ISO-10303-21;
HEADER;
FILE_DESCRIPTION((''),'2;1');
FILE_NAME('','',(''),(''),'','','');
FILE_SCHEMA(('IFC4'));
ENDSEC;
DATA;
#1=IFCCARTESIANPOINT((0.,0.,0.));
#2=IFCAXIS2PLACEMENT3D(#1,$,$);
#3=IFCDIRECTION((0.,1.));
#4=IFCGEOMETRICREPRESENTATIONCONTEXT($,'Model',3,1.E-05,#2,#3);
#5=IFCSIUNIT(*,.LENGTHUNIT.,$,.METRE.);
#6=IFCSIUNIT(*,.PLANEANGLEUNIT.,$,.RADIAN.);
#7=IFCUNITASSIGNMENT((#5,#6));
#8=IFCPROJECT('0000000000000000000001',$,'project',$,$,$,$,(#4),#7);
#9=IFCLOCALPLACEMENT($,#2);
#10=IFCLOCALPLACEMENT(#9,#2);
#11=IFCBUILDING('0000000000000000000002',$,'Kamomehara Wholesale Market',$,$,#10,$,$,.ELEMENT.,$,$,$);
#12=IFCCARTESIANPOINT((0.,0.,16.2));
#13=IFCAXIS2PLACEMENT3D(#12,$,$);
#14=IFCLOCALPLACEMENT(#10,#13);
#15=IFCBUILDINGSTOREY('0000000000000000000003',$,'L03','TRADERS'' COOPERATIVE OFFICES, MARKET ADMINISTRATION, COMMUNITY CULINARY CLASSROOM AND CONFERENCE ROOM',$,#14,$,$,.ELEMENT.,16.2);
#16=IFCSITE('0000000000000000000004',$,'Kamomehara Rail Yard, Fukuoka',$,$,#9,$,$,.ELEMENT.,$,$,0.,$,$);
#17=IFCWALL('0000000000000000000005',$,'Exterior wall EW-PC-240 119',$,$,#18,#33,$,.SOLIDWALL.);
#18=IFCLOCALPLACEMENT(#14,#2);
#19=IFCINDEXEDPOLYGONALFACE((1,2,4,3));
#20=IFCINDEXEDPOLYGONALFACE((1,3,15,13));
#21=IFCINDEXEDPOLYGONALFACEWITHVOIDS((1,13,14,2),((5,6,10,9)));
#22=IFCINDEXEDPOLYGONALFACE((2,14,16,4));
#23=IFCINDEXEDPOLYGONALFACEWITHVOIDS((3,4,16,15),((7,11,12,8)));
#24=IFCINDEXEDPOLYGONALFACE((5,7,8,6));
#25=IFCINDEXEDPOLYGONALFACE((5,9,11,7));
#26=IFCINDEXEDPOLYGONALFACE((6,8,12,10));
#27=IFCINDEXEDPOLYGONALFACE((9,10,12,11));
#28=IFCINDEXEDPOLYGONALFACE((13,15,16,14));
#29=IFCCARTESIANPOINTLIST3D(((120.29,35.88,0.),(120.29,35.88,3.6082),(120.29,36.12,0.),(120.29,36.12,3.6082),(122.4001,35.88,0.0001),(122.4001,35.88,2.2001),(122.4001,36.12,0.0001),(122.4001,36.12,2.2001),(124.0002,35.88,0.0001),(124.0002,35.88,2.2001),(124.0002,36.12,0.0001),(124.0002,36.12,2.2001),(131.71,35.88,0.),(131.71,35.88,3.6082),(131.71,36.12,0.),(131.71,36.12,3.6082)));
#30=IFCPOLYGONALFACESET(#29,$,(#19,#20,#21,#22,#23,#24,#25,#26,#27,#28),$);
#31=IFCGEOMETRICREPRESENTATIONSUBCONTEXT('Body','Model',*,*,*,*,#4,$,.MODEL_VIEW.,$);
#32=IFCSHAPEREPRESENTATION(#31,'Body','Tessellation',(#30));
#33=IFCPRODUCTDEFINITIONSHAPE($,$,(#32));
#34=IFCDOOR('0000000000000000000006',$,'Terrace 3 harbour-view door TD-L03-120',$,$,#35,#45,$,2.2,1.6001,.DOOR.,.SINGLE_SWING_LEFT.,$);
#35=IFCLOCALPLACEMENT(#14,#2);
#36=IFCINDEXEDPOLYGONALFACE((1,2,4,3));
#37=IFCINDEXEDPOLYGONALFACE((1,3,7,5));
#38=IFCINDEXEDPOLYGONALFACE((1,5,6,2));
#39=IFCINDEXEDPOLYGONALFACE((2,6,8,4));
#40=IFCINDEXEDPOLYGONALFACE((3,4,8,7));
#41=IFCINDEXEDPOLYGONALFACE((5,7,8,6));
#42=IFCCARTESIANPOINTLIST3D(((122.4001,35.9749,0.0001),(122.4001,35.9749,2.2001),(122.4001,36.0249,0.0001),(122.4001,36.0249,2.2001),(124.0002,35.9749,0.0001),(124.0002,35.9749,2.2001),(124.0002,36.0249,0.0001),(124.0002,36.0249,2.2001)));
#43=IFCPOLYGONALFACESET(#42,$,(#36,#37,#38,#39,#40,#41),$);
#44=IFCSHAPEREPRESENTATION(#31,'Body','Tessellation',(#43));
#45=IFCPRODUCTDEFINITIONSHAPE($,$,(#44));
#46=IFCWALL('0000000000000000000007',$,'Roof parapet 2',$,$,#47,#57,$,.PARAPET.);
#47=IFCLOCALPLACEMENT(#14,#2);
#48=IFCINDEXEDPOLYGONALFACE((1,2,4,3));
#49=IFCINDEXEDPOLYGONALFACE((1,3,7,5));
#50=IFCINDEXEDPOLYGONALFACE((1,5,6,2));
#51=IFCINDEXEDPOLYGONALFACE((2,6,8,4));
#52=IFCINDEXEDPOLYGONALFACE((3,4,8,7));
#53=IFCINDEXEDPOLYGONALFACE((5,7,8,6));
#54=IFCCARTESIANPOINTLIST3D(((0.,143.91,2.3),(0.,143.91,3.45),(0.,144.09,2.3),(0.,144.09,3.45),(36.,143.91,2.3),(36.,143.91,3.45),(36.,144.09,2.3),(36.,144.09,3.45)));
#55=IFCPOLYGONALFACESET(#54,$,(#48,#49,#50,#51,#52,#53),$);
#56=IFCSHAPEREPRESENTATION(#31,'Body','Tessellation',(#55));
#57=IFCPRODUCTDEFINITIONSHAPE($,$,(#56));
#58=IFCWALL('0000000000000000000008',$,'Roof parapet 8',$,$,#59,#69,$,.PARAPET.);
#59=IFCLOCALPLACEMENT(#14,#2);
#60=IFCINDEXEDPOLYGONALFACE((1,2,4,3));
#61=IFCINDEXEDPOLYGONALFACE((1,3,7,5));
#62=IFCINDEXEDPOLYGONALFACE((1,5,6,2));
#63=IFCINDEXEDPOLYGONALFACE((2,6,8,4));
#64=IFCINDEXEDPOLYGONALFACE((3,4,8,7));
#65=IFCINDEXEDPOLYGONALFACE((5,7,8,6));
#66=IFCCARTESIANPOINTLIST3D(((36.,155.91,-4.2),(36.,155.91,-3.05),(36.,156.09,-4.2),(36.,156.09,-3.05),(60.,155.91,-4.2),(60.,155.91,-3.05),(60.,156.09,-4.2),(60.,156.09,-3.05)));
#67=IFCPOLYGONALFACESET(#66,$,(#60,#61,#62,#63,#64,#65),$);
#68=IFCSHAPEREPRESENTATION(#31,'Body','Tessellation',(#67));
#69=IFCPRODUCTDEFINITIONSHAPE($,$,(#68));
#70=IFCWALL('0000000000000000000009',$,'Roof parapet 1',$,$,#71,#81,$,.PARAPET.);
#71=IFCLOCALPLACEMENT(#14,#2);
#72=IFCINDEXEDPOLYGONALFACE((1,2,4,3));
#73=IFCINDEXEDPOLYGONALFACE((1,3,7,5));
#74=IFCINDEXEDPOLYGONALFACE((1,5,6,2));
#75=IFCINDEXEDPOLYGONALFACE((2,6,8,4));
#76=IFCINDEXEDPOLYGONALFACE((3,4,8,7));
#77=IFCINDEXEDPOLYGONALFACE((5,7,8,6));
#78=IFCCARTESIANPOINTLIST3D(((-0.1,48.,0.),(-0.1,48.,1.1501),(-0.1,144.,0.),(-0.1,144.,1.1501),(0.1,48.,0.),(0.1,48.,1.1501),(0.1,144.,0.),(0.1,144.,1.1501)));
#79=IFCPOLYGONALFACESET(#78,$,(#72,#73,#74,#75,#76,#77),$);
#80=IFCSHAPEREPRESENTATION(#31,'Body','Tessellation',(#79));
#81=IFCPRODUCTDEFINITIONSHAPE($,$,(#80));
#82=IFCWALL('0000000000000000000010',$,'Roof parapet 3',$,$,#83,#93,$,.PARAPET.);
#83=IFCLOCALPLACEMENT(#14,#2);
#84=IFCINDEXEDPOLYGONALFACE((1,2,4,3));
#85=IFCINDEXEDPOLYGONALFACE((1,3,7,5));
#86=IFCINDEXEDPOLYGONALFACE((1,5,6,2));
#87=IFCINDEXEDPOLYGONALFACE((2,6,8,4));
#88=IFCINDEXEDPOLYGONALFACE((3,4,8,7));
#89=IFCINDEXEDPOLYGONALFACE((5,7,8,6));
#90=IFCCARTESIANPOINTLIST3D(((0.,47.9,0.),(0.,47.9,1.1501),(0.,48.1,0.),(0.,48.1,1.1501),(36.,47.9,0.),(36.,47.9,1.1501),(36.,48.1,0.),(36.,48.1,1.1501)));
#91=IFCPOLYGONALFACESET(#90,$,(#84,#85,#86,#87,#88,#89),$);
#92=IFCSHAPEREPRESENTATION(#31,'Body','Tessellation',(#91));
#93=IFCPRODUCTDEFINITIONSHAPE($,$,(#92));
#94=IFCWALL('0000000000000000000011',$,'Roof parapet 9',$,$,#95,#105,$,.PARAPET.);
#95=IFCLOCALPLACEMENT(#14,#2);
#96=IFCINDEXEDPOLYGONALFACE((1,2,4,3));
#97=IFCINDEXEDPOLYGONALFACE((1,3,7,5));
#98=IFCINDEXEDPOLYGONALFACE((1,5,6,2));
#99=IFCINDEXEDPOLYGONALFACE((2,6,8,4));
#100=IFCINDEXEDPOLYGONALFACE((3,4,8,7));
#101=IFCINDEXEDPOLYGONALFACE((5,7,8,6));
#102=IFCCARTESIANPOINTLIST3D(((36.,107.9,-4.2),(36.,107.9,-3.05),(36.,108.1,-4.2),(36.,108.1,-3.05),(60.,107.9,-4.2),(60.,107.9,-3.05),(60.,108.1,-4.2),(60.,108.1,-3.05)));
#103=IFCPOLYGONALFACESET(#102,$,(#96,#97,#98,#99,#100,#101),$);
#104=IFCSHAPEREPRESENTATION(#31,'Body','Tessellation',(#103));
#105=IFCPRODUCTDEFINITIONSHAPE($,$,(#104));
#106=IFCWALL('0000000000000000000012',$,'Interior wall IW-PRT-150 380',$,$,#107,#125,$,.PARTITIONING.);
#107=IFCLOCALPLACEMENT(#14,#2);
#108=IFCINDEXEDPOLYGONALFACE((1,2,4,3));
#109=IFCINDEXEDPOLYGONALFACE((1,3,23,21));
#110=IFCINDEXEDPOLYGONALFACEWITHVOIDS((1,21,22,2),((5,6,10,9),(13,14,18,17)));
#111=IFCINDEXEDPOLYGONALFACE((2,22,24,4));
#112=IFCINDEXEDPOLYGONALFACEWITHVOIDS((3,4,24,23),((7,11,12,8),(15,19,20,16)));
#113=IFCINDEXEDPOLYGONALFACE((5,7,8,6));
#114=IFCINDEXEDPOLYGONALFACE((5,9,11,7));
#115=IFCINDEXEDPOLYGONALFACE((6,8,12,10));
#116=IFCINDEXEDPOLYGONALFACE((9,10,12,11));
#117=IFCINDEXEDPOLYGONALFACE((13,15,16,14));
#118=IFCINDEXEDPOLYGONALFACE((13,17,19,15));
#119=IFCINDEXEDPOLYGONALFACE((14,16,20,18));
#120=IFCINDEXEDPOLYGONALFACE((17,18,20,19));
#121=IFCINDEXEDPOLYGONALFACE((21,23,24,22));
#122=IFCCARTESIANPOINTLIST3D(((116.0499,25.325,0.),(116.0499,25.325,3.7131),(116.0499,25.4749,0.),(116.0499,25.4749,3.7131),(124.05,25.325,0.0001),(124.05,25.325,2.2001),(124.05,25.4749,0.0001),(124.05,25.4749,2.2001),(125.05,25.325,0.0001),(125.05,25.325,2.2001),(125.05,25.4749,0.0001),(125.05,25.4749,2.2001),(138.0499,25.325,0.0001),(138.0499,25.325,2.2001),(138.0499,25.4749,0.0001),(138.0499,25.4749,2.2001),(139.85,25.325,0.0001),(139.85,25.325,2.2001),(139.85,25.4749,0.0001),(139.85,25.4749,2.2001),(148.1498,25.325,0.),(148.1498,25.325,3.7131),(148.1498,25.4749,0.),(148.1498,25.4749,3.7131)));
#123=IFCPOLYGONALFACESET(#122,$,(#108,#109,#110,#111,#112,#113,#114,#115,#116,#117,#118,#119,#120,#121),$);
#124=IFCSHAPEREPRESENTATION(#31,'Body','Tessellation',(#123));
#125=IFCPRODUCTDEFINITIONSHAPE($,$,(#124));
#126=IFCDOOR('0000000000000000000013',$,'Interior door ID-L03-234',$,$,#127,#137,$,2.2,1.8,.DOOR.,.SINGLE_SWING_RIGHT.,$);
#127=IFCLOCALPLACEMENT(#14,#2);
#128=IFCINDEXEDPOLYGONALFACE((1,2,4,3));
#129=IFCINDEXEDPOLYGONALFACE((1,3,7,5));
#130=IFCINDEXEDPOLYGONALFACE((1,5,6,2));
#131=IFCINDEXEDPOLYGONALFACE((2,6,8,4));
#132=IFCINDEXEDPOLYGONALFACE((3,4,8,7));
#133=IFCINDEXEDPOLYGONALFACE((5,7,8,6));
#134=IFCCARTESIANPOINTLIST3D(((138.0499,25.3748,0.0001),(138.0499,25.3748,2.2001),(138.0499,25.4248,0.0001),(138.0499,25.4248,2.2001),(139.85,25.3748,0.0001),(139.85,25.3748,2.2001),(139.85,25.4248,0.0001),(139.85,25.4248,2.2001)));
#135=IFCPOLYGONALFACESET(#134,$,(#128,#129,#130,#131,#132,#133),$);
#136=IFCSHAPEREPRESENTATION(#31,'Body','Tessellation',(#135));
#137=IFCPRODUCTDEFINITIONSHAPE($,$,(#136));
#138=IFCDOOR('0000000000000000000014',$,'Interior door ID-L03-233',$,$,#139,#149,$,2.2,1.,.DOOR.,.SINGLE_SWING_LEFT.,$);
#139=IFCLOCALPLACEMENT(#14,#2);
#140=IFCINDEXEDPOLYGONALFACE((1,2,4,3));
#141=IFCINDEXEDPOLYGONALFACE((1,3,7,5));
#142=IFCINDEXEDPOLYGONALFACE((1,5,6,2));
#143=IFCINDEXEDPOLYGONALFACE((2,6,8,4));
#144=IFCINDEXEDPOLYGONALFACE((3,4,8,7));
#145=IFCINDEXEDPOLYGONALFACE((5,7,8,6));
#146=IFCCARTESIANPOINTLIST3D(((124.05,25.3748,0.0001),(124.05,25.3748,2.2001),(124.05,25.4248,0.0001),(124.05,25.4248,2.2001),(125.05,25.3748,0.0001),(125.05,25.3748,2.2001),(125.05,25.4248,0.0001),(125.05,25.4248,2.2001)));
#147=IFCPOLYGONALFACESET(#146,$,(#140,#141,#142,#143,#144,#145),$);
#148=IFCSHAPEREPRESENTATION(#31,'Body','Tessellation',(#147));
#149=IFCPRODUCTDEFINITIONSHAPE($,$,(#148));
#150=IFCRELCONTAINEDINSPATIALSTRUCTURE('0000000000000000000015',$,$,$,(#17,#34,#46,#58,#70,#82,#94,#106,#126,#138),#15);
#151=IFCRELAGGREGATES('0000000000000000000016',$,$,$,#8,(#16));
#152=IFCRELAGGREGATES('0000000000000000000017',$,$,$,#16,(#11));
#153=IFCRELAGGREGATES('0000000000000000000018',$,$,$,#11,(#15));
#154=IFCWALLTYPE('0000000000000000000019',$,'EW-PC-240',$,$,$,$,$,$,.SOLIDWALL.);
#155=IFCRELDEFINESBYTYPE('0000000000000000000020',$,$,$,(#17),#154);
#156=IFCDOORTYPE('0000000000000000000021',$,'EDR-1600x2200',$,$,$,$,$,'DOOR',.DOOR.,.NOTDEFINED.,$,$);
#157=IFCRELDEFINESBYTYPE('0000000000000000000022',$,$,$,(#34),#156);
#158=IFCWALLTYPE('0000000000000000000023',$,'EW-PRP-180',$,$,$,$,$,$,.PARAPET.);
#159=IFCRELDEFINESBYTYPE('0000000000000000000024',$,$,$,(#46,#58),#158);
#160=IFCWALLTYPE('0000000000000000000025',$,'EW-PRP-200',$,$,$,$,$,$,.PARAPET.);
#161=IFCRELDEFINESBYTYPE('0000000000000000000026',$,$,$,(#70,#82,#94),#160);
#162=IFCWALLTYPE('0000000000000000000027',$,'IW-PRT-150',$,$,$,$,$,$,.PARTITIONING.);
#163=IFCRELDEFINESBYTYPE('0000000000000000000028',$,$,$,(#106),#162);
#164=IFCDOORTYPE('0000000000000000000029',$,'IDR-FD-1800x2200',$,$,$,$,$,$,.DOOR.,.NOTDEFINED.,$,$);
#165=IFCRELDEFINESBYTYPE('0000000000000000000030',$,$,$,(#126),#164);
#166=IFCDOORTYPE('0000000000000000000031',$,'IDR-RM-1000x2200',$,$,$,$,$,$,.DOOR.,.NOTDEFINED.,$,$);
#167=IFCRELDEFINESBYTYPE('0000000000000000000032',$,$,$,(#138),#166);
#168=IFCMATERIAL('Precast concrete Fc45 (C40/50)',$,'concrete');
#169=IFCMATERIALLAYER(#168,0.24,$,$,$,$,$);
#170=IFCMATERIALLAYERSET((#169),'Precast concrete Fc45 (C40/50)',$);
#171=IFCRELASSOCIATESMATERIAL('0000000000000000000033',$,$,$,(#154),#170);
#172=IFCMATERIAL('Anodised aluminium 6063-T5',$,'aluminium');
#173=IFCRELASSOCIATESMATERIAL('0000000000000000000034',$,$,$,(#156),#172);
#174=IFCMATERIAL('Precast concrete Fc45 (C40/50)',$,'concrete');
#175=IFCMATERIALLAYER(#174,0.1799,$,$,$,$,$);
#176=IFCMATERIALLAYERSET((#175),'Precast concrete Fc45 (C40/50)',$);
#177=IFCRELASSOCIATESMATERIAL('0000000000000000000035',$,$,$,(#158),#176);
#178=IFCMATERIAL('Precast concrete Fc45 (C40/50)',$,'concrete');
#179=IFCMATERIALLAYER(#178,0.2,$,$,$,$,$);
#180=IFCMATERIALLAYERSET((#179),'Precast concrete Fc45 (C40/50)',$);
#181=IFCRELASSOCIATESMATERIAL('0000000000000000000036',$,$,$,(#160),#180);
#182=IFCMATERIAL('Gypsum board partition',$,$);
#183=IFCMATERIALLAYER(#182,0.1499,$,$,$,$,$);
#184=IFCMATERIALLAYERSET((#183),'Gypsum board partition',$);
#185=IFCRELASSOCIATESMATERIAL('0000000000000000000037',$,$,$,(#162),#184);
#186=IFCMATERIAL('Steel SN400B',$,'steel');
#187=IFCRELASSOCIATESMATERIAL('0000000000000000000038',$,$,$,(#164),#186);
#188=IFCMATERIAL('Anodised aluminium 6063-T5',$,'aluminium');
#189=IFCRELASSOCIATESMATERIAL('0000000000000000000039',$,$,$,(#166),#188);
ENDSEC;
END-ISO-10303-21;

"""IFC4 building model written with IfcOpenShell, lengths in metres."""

from ifc_helpers import new_model, si_unit, direction, frame, frame_2d, origin, place, context, subcontext, project, spatial, rectangle, extrude, material, layer, layer_set, type_object, element, fill, save


model = new_model("IFC4")

# Units and contexts
model_context = context("Model", 3, precision=1e-05, world=origin(), true_north=direction((0.0, 1.0)))
body_context = subcontext(model_context, "Body", "Model", "MODEL_VIEW")
ifc_project = project(units=[si_unit("LENGTHUNIT", "METRE"), si_unit("PLANEANGLEUNIT", "RADIAN")], contexts=[model_context])

# Site, building, storey
site_placement = place(None, origin())
site = spatial("IfcSite", under=ifc_project, at=site_placement, Name="Kamomehara Rail Yard, Fukuoka", CompositionType="ELEMENT", RefElevation=0.0)
building_placement = place(site_placement, origin())
building = spatial("IfcBuilding", under=site, at=building_placement, Name="Kamomehara Wholesale Market", CompositionType="ELEMENT")
storey_placement = place(building_placement, frame((0.0, 0.0, 16.2)))
storey = spatial("IfcBuildingStorey", under=building, at=storey_placement, Name="L03", Description="TRADERS' COOPERATIVE OFFICES, MARKET ADMINISTRATION, COMMUNITY CULINARY CLASSROOM AND CONFERENCE ROOM", CompositionType="ELEMENT", Elevation=16.2)

# Shared definitions
ifc_material_1 = material(Name="Precast concrete Fc45 (C40/50)", Category="concrete")
ifc_layer_1 = layer(ifc_material_1, 0.24)
ifc_layer_set_1 = layer_set([ifc_layer_1], Name="Precast concrete Fc45 (C40/50)")
wall_type_1 = type_object("IfcWallType", Name="EW-PC-240", PredefinedType="SOLIDWALL", material=ifc_layer_set_1)

# Wall, opening, door
wall_1_placement = place(storey_placement, frame((120.29, 36.0, 0.0), z_axis=(0.0, 0.0, 1.0), x_axis=(1.0, 0.0, 0.0)))
wall_1 = element("IfcWall", 1, at=wall_1_placement, inside=storey, type_object=wall_type_1, Name="Exterior wall EW-PC-240 119", PredefinedType="SOLIDWALL", context=body_context, shape_type="SweptSolid", body=[
    extrude(rectangle(XDim=11.4199, YDim=0.24, at=frame_2d((5.71, 0.0))), origin(), (0.0, 0.0, 1.0), 3.6082),
])
opening_1_placement = place(wall_1_placement, frame((2.1101, 0.0, 0.0)))
opening_1 = element("IfcOpeningElement", 2, at=opening_1_placement, cuts=wall_1, PredefinedType="OPENING", context=body_context, shape_type="SweptSolid", body=[
    extrude(rectangle(XDim=1.6001, YDim=2.2, at=frame_2d((0.8, 1.1001))), frame((0.0, 0.1348, 0.0), z_axis=(0.0, -1.0, 0.0), x_axis=(1.0, 0.0, 0.0)), (0.0, 0.0, 1.0), 0.2698),
])
ifc_material_2 = material(Name="Anodised aluminium 6063-T5", Category="aluminium")
door_type_1 = type_object("IfcDoorType", Name="EDR-1600x2200", ElementType="DOOR", OperationType="NOTDEFINED", PredefinedType="DOOR", material=ifc_material_2)
door_1_placement = place(opening_1_placement, origin())
door_1 = element("IfcDoor", 3, at=door_1_placement, inside=storey, type_object=door_type_1, Name="Terrace 3 harbour-view door TD-L03-120", OperationType="SINGLE_SWING_LEFT", OverallHeight=2.2, OverallWidth=1.6001, PredefinedType="DOOR", context=body_context, shape_type="SweptSolid", body=[
    extrude(rectangle(XDim=1.6001, YDim=2.2, at=frame_2d((0.8, 1.1001))), frame((0.0, 0.0249, 0.0), z_axis=(0.0, -1.0, 0.0), x_axis=(1.0, 0.0, 0.0)), (0.0, 0.0, 1.0), 0.05),
])
fill(opening_1, door_1)

# Walls
ifc_material_3 = material(Name="Precast concrete Fc45 (C40/50)", Category="concrete")
ifc_layer_2 = layer(ifc_material_3, 0.1799)
ifc_layer_set_2 = layer_set([ifc_layer_2], Name="Precast concrete Fc45 (C40/50)")
wall_type_2 = type_object("IfcWallType", Name="EW-PRP-180", PredefinedType="PARAPET", material=ifc_layer_set_2)
wall_2_placement = place(storey_placement, frame((36.0, 144.0, 2.3), z_axis=(0.0, 0.0, 1.0), x_axis=(-1.0, 0.0, 0.0)))
element("IfcWall", 4, at=wall_2_placement, inside=storey, type_object=wall_type_2, Name="Roof parapet 2", PredefinedType="PARAPET", context=body_context, shape_type="SweptSolid", body=[
    extrude(rectangle(XDim=36.0, YDim=0.1799, at=frame_2d((18.0, 0.0))), origin(), (0.0, 0.0, 1.0), 1.1499),
])
wall_3_placement = place(storey_placement, frame((36.0, 156.0, -4.2), z_axis=(0.0, 0.0, 1.0), x_axis=(1.0, 0.0, 0.0)))
element("IfcWall", 5, at=wall_3_placement, inside=storey, type_object=wall_type_2, Name="Roof parapet 8", PredefinedType="PARAPET", context=body_context, shape_type="SweptSolid", body=[
    extrude(rectangle(XDim=24.0, YDim=0.1799, at=frame_2d((12.0, 0.0))), origin(), (0.0, 0.0, 1.0), 1.1499),
])
ifc_material_4 = material(Name="Precast concrete Fc45 (C40/50)", Category="concrete")
ifc_layer_3 = layer(ifc_material_4, 0.2)
ifc_layer_set_3 = layer_set([ifc_layer_3], Name="Precast concrete Fc45 (C40/50)")
wall_type_3 = type_object("IfcWallType", Name="EW-PRP-200", PredefinedType="PARAPET", material=ifc_layer_set_3)
wall_4_placement = place(storey_placement, frame((0.0, 48.0, 0.0), z_axis=(0.0, 0.0, 1.0), x_axis=(0.0, 1.0, 0.0)))
element("IfcWall", 6, at=wall_4_placement, inside=storey, type_object=wall_type_3, Name="Roof parapet 1", PredefinedType="PARAPET", context=body_context, shape_type="SweptSolid", body=[
    extrude(rectangle(XDim=96.0, YDim=0.2, at=frame_2d((48.0, 0.0))), origin(), (0.0, 0.0, 1.0), 1.1501),
])
wall_5_placement = place(storey_placement, frame((0.0, 48.0, 0.0), z_axis=(0.0, 0.0, 1.0), x_axis=(1.0, 0.0, 0.0)))
element("IfcWall", 7, at=wall_5_placement, inside=storey, type_object=wall_type_3, Name="Roof parapet 3", PredefinedType="PARAPET", context=body_context, shape_type="SweptSolid", body=[
    extrude(rectangle(XDim=36.0, YDim=0.2, at=frame_2d((18.0, 0.0))), origin(), (0.0, 0.0, 1.0), 1.1501),
])
wall_6_placement = place(storey_placement, frame((60.0, 108.0, -4.2), z_axis=(0.0, 0.0, 1.0), x_axis=(-1.0, 0.0, 0.0)))
element("IfcWall", 8, at=wall_6_placement, inside=storey, type_object=wall_type_3, Name="Roof parapet 9", PredefinedType="PARAPET", context=body_context, shape_type="SweptSolid", body=[
    extrude(rectangle(XDim=24.0, YDim=0.2, at=frame_2d((12.0, 0.0))), origin(), (0.0, 0.0, 1.0), 1.1499),
])

# Wall, openings, doors
ifc_material_5 = material(Name="Gypsum board partition")
ifc_layer_4 = layer(ifc_material_5, 0.1499)
ifc_layer_set_4 = layer_set([ifc_layer_4], Name="Gypsum board partition")
wall_type_4 = type_object("IfcWallType", Name="IW-PRT-150", PredefinedType="PARTITIONING", material=ifc_layer_set_4)
wall_7_placement = place(storey_placement, frame((116.05, 25.3999, 0.0), z_axis=(0.0, 0.0, 1.0), x_axis=(1.0, 0.0, 0.0)))
wall_7 = element("IfcWall", 9, at=wall_7_placement, inside=storey, type_object=wall_type_4, Name="Interior wall IW-PRT-150 380", PredefinedType="PARTITIONING", context=body_context, shape_type="SweptSolid", body=[
    extrude(rectangle(XDim=32.0999, YDim=0.1499, at=frame_2d((16.0498, 0.0))), origin(), (0.0, 0.0, 1.0), 3.7131),
])
opening_2_placement = place(wall_7_placement, frame((8.0, 0.0, 0.0)))
opening_2 = element("IfcOpeningElement", 10, at=opening_2_placement, cuts=wall_7, PredefinedType="OPENING", context=body_context, shape_type="SweptSolid", body=[
    extrude(rectangle(XDim=1.0, YDim=2.2, at=frame_2d((0.5, 1.1001))), frame((0.0, 0.0898, 0.0), z_axis=(0.0, -1.0, 0.0), x_axis=(1.0, 0.0, 0.0)), (0.0, 0.0, 1.0), 0.1797),
])
opening_3_placement = place(wall_7_placement, frame((22.0, 0.0, 0.0)))
opening_3 = element("IfcOpeningElement", 11, at=opening_3_placement, cuts=wall_7, PredefinedType="OPENING", context=body_context, shape_type="SweptSolid", body=[
    extrude(rectangle(XDim=1.8, YDim=2.2, at=frame_2d((0.8999, 1.1001))), frame((0.0, 0.0898, 0.0), z_axis=(0.0, -1.0, 0.0), x_axis=(1.0, 0.0, 0.0)), (0.0, 0.0, 1.0), 0.1797),
])
ifc_material_6 = material(Name="Steel SN400B", Category="steel")
door_type_2 = type_object("IfcDoorType", Name="IDR-FD-1800x2200", OperationType="NOTDEFINED", PredefinedType="DOOR", material=ifc_material_6)
door_2_placement = place(opening_3_placement, origin())
door_2 = element("IfcDoor", 12, at=door_2_placement, inside=storey, type_object=door_type_2, Name="Interior door ID-L03-234", OperationType="SINGLE_SWING_RIGHT", OverallHeight=2.2, OverallWidth=1.8, PredefinedType="DOOR", context=body_context, shape_type="SweptSolid", body=[
    extrude(rectangle(XDim=1.8, YDim=2.2, at=frame_2d((0.8999, 1.1001))), frame((0.0, 0.0249, 0.0), z_axis=(0.0, -1.0, 0.0), x_axis=(1.0, 0.0, 0.0)), (0.0, 0.0, 1.0), 0.05),
])
fill(opening_3, door_2)
ifc_material_7 = material(Name="Anodised aluminium 6063-T5", Category="aluminium")
door_type_3 = type_object("IfcDoorType", Name="IDR-RM-1000x2200", OperationType="NOTDEFINED", PredefinedType="DOOR", material=ifc_material_7)
door_3_placement = place(opening_2_placement, origin())
door_3 = element("IfcDoor", 13, at=door_3_placement, inside=storey, type_object=door_type_3, Name="Interior door ID-L03-233", OperationType="SINGLE_SWING_LEFT", OverallHeight=2.2, OverallWidth=1.0, PredefinedType="DOOR", context=body_context, shape_type="SweptSolid", body=[
    extrude(rectangle(XDim=1.0, YDim=2.2, at=frame_2d((0.5, 1.1001))), frame((0.0, 0.0249, 0.0), z_axis=(0.0, -1.0, 0.0), x_axis=(1.0, 0.0, 0.0)), (0.0, 0.0, 1.0), 0.05),
])
fill(opening_2, door_3)

save(model, "model.ifc")
